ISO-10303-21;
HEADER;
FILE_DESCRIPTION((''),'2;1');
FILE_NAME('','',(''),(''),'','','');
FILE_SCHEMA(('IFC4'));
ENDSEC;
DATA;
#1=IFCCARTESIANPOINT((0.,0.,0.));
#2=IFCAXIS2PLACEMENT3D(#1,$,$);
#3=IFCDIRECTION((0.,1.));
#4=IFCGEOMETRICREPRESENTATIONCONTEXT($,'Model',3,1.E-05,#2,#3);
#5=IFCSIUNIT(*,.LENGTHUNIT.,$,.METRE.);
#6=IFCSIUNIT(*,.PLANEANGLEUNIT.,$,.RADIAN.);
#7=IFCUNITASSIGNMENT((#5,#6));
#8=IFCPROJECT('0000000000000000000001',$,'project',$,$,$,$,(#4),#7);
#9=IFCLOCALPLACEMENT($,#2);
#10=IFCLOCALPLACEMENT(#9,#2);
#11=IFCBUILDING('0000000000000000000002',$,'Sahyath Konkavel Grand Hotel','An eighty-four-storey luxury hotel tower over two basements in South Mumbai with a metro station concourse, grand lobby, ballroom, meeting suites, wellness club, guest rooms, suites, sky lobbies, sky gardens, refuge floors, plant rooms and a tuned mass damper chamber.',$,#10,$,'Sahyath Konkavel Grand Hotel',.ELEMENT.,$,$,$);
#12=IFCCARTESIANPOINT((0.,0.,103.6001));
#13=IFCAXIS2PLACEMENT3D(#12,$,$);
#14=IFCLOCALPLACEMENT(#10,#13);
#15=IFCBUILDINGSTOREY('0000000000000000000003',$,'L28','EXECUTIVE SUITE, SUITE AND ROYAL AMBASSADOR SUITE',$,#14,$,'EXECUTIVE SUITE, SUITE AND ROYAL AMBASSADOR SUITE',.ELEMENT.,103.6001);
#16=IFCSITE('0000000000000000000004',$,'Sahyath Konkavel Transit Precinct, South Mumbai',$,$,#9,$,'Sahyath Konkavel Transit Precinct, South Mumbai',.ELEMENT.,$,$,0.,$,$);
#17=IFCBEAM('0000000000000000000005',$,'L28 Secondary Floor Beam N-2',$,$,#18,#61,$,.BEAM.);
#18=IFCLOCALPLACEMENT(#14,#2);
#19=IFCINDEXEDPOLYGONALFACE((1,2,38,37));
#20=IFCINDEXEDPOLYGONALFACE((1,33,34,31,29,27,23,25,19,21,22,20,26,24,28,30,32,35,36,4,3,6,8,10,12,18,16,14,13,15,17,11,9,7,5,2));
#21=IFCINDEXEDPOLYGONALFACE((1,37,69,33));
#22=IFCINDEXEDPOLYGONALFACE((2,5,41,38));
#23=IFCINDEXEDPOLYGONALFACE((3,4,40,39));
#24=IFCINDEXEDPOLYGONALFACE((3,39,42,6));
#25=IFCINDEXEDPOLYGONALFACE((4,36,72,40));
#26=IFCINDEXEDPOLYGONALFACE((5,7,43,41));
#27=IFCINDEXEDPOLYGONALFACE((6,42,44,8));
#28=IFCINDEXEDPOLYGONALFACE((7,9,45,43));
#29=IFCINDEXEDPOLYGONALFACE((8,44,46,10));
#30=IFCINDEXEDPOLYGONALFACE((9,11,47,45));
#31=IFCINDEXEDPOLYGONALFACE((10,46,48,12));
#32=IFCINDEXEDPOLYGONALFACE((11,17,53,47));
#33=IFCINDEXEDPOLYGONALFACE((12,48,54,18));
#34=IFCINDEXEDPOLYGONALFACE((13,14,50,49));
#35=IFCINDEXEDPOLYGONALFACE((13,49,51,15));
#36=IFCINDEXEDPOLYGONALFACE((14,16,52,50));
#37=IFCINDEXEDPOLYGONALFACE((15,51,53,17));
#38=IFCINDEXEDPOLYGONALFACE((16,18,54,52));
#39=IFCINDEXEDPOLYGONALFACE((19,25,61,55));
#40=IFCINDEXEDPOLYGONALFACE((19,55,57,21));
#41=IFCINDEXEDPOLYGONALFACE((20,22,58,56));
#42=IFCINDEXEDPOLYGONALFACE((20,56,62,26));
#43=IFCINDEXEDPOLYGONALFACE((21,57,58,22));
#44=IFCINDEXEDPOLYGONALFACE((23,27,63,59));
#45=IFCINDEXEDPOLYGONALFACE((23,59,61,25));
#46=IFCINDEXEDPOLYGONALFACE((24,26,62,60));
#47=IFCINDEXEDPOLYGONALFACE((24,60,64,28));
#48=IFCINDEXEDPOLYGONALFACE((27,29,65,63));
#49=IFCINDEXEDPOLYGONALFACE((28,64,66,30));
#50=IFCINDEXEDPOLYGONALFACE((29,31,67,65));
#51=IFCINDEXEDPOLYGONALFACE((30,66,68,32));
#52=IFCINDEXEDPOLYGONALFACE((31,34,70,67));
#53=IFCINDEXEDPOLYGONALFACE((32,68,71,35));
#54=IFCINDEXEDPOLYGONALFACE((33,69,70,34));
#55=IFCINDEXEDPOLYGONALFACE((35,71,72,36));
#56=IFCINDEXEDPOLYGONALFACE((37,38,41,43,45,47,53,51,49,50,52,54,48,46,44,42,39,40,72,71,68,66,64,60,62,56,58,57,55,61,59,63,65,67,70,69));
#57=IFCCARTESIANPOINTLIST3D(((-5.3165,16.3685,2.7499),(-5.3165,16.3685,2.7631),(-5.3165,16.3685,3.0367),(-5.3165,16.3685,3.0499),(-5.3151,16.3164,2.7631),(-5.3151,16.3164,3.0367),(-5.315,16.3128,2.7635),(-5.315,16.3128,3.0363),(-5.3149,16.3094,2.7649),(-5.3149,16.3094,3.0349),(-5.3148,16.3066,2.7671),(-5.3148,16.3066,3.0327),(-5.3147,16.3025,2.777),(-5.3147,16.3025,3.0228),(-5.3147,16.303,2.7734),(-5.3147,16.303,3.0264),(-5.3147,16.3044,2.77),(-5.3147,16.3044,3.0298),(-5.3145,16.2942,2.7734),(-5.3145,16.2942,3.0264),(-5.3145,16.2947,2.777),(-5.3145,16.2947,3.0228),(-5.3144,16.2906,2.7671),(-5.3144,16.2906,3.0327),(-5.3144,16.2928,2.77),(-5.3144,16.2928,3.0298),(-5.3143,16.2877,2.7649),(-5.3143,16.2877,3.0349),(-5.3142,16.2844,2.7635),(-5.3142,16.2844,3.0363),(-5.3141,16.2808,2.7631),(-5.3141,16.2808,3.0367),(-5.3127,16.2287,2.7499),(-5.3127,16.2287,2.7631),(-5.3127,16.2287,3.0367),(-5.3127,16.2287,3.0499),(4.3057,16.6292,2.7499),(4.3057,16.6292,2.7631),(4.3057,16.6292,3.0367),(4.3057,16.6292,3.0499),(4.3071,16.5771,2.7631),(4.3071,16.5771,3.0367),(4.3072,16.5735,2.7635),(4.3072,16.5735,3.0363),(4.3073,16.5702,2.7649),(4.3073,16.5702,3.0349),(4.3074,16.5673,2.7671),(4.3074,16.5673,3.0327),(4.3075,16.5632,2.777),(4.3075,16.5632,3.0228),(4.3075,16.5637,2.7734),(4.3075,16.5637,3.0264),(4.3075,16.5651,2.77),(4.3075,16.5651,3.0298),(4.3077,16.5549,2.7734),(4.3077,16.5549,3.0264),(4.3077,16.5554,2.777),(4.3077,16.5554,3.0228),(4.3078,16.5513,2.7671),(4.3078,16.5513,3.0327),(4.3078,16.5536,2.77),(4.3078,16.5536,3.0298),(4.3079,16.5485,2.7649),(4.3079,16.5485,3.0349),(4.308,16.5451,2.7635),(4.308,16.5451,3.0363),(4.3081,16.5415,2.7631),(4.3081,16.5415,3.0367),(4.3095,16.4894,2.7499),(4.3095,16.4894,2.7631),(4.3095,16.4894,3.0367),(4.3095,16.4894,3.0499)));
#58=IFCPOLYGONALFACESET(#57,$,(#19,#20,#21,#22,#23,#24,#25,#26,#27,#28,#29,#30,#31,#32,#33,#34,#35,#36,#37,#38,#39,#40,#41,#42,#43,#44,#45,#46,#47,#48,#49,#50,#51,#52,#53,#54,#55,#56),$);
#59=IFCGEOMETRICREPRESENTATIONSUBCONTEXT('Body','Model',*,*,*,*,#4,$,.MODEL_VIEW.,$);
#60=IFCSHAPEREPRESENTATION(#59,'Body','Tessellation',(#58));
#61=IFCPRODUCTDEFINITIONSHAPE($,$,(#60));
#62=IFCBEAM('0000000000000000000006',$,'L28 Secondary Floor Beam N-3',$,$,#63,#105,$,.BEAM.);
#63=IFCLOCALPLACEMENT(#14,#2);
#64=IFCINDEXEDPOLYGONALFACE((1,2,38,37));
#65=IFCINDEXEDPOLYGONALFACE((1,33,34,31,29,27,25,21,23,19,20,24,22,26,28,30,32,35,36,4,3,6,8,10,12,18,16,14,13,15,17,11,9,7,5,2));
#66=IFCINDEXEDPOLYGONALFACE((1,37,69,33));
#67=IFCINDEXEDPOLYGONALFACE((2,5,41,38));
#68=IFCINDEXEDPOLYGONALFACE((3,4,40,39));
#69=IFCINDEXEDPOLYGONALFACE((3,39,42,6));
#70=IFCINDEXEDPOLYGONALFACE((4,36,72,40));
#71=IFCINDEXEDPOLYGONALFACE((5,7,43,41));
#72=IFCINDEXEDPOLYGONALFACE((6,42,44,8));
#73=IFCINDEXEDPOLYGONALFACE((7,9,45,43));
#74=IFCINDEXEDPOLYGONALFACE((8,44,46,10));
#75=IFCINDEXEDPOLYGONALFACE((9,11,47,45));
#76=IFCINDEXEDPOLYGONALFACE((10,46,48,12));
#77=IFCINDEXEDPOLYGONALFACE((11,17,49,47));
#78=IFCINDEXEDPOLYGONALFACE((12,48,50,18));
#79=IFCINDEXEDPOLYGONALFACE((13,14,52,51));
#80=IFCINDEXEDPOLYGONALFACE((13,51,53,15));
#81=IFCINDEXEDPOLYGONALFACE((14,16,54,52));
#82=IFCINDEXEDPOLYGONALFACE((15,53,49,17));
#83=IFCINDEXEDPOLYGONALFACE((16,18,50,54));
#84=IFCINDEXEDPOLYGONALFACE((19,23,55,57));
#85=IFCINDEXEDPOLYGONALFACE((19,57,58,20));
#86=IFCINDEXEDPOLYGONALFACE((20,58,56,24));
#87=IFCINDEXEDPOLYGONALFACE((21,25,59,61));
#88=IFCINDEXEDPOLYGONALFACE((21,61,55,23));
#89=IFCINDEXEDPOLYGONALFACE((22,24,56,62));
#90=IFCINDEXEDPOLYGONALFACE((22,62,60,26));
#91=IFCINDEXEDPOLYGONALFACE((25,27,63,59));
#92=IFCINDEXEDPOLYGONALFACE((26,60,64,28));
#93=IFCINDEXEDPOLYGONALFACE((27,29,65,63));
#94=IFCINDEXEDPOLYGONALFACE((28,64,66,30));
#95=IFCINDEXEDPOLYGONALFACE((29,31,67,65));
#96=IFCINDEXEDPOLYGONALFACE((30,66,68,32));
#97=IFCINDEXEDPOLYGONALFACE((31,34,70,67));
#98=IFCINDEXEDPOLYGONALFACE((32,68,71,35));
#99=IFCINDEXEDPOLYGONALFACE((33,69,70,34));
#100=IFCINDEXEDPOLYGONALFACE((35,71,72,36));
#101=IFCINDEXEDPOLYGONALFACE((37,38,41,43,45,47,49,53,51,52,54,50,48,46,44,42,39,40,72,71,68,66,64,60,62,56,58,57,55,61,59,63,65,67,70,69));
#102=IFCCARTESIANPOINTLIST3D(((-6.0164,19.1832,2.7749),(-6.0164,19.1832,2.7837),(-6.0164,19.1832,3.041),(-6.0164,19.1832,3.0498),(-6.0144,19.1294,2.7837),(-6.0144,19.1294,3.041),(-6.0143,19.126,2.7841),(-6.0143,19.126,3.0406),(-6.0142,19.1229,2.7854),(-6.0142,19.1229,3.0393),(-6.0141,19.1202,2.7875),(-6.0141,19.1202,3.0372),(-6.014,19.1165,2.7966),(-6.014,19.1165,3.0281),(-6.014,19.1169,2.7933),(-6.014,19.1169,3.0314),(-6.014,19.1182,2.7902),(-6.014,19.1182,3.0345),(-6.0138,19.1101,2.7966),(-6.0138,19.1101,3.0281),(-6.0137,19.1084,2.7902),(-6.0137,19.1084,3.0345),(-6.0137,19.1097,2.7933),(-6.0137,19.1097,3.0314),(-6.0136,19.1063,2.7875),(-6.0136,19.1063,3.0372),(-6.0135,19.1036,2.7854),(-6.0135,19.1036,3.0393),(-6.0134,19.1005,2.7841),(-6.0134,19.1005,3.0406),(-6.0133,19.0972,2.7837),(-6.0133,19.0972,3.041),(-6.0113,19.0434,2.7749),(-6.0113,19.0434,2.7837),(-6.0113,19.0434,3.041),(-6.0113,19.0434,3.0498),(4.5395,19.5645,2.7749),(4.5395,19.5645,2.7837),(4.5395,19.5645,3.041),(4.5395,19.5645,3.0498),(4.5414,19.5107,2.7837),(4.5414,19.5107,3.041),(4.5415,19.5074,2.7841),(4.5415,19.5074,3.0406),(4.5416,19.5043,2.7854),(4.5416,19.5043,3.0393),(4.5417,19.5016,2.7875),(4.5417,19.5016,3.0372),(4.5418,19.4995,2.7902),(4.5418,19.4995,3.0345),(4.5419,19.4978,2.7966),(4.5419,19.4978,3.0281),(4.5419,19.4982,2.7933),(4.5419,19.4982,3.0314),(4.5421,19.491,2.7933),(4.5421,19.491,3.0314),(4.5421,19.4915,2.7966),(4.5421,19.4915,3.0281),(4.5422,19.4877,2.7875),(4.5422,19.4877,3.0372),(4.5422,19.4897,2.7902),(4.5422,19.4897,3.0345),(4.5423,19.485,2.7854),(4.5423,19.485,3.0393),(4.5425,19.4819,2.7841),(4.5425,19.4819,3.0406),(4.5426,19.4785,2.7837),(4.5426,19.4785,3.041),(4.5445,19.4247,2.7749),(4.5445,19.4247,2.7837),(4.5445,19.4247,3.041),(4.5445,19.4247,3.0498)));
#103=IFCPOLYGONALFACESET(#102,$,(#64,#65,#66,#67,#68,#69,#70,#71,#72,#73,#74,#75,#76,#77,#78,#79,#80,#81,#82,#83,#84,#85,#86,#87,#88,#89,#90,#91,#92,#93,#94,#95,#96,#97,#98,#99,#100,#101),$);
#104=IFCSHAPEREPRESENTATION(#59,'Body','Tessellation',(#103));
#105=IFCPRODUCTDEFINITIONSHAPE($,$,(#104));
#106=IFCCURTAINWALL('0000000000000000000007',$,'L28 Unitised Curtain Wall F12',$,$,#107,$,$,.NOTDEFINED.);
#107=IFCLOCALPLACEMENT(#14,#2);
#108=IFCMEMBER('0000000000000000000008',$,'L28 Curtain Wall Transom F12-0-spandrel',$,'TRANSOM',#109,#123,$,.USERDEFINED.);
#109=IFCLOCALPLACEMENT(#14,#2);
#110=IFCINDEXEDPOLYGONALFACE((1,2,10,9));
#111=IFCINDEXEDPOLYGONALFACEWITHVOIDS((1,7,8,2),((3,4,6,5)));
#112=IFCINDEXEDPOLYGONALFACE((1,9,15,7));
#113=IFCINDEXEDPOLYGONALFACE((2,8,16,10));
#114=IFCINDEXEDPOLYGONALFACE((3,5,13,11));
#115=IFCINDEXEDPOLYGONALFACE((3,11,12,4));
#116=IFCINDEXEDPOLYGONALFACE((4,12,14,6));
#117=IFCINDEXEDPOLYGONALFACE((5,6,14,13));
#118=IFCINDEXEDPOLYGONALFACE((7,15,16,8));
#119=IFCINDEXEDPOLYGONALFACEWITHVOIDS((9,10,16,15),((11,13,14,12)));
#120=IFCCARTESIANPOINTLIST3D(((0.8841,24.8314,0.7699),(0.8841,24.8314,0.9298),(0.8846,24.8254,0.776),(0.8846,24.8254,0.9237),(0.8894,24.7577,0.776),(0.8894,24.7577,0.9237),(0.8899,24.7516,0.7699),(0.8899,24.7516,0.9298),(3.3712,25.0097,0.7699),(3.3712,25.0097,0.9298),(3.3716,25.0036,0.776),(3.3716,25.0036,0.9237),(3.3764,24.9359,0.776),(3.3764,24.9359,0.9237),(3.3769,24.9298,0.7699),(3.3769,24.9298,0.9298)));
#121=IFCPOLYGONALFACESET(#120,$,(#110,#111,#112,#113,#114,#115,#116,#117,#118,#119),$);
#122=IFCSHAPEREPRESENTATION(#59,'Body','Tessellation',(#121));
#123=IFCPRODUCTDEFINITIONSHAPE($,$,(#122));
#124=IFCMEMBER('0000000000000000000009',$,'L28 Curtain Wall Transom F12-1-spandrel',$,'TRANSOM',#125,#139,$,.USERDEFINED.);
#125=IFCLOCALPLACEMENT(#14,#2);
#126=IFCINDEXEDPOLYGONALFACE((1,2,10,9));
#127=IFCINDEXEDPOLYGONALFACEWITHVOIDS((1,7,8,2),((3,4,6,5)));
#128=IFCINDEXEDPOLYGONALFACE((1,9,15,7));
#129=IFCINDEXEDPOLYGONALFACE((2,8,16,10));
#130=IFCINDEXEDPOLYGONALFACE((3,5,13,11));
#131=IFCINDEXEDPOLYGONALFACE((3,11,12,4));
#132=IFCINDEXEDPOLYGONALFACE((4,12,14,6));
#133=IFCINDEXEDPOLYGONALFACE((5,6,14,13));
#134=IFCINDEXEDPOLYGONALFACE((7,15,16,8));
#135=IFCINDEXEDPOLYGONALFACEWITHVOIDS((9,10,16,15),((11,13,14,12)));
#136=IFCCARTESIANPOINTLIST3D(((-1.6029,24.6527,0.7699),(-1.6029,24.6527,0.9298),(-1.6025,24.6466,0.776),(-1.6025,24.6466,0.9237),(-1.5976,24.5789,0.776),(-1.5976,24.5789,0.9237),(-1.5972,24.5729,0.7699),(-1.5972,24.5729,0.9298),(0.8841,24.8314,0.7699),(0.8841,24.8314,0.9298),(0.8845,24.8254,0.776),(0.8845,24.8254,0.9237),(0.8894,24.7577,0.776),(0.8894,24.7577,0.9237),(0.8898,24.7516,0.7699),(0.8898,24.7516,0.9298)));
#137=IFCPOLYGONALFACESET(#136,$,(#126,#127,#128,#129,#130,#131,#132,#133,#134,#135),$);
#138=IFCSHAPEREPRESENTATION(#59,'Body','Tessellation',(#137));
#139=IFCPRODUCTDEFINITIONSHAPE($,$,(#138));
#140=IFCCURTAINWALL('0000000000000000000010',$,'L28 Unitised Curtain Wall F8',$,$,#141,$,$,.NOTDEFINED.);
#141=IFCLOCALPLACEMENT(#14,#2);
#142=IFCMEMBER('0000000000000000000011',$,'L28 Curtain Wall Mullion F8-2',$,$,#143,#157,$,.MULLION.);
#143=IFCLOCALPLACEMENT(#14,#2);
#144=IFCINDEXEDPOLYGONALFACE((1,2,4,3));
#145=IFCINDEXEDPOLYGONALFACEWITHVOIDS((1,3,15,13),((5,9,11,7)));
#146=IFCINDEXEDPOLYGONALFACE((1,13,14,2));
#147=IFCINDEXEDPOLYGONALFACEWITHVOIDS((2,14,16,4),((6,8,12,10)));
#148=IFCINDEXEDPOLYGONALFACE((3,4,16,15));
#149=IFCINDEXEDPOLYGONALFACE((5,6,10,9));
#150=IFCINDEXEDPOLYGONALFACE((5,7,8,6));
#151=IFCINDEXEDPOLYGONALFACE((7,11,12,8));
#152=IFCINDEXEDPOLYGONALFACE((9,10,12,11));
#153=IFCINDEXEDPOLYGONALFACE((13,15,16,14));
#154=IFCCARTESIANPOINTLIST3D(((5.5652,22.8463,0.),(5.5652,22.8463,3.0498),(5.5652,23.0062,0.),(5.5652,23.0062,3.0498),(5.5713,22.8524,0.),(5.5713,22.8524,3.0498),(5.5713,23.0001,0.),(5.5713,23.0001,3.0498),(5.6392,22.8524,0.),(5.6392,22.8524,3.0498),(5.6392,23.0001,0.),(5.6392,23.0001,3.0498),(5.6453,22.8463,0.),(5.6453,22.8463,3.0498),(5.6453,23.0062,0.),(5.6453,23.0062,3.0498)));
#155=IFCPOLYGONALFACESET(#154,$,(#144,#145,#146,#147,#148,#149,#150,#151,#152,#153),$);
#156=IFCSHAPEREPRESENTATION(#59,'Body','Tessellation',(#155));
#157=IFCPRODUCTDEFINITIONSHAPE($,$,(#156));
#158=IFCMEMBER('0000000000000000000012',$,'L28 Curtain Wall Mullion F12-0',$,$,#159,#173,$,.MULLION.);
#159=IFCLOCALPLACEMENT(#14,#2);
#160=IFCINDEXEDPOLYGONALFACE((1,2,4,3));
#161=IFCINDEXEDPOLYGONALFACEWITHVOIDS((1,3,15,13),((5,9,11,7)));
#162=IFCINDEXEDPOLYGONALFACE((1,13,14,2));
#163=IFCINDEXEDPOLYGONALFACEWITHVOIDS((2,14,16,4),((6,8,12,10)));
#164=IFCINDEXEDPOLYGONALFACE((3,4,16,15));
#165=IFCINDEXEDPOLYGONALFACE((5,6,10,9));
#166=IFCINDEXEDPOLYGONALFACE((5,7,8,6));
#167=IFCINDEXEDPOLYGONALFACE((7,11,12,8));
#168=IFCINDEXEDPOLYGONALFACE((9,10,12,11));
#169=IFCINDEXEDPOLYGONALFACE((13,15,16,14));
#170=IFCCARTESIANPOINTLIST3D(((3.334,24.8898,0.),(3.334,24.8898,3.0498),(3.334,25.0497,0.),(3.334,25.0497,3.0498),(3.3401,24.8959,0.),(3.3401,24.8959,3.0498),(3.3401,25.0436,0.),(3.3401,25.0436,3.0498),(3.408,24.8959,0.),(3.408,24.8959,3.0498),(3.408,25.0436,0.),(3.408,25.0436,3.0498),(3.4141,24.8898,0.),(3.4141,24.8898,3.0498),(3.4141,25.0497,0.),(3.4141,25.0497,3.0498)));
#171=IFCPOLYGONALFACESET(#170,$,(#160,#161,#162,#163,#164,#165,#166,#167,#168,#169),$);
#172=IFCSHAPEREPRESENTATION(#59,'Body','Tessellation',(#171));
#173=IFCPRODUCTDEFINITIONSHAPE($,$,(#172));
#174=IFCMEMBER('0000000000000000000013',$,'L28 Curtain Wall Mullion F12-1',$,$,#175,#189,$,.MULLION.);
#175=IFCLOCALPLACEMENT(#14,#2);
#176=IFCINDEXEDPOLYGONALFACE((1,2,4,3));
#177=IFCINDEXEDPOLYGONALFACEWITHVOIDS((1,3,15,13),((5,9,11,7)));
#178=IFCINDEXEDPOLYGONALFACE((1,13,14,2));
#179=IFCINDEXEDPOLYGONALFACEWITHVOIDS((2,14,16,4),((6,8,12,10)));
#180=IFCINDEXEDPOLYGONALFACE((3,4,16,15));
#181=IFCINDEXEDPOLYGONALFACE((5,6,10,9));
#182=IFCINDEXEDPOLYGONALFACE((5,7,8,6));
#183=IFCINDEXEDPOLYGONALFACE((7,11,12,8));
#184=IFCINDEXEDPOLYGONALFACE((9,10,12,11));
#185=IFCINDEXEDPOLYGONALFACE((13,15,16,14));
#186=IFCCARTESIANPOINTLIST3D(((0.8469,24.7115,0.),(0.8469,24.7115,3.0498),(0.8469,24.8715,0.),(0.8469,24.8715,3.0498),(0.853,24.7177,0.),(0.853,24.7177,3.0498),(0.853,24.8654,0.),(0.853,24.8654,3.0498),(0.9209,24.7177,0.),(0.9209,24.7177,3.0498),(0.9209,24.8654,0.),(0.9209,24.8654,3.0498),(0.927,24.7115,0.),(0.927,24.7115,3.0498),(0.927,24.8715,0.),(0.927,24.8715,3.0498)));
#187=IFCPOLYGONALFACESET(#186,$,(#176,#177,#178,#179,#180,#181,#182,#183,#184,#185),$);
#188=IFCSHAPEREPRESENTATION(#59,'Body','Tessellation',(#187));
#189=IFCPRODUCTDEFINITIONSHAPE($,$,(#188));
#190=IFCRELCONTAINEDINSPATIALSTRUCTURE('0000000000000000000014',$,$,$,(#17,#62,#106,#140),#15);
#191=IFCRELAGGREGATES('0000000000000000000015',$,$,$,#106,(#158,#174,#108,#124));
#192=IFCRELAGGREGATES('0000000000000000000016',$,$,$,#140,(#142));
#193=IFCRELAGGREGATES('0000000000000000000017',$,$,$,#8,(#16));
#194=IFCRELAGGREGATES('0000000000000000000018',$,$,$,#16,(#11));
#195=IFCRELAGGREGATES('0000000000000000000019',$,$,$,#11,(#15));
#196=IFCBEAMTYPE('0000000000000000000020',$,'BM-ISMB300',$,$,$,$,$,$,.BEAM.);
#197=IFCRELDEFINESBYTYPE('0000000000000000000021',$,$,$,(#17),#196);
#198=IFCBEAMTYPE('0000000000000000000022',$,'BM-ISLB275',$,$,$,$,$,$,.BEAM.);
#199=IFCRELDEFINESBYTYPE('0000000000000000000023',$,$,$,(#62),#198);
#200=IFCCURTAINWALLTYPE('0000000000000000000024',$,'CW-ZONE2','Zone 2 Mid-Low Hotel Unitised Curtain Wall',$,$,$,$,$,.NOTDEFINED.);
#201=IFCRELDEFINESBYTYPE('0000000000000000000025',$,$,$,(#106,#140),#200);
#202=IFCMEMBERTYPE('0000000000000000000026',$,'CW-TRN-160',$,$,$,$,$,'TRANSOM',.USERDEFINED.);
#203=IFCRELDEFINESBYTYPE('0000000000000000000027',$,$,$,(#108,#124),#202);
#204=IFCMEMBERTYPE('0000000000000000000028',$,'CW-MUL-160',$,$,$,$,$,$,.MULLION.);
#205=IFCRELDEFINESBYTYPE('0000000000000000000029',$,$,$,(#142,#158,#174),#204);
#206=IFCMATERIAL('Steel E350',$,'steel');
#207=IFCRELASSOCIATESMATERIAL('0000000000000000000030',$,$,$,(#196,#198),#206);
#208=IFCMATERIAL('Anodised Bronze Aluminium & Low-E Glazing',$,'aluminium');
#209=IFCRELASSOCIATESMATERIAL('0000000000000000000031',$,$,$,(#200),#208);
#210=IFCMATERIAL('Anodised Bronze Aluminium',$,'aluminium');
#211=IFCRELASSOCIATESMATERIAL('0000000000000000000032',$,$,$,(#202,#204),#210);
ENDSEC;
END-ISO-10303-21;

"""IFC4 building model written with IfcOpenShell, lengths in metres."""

from ifc_helpers import new_model, si_unit, direction, frame, origin, origin_2d, place, context, subcontext, project, spatial, hollow_rectangle, i_section, extrude, source, transform, mapped, material, material_profile, profile_set, type_object, element, aggregate, save


model = new_model("IFC4")

# Units and contexts
model_context = context("Model", 3, precision=1e-05, world=origin(), true_north=direction((0.0, 1.0)))
body_context = subcontext(model_context, "Body", "Model", "MODEL_VIEW")
ifc_project = project(units=[si_unit("LENGTHUNIT", "METRE"), si_unit("PLANEANGLEUNIT", "RADIAN")], contexts=[model_context])

# Site, building, storey
site_placement = place(None, origin())
site = spatial("IfcSite", under=ifc_project, at=site_placement, Name="Sahyath Konkavel Transit Precinct, South Mumbai", LongName="Sahyath Konkavel Transit Precinct, South Mumbai", CompositionType="ELEMENT", RefElevation=0.0)
building_placement = place(site_placement, origin())
building = spatial("IfcBuilding", under=site, at=building_placement, Name="Sahyath Konkavel Grand Hotel", Description="An eighty-four-storey luxury hotel tower over two basements in South Mumbai with a metro station concourse, grand lobby, ballroom, meeting suites, wellness club, guest rooms, suites, sky lobbies, sky gardens, refuge floors, plant rooms and a tuned mass damper chamber.", LongName="Sahyath Konkavel Grand Hotel", CompositionType="ELEMENT")
storey_placement = place(building_placement, frame((0.0, 0.0, 103.6001)))
storey = spatial("IfcBuildingStorey", under=building, at=storey_placement, Name="L28", Description="EXECUTIVE SUITE, SUITE AND ROYAL AMBASSADOR SUITE", LongName="EXECUTIVE SUITE, SUITE AND ROYAL AMBASSADOR SUITE", CompositionType="ELEMENT", Elevation=103.6001)

# Beams
ifc_material_1 = material(Name="Steel E350", Category="steel")
ifc_material_profile_1 = material_profile(ifc_material_1, i_section(OverallWidth=0.1399, OverallDepth=0.3, WebThickness=0.0078, FlangeThickness=0.0132, FilletRadius=0.0139, at=origin_2d()), Name="ISMB 300")
ifc_profile_set_1 = profile_set([ifc_material_profile_1], Name="Steel E350")
beam_type_1 = type_object("IfcBeamType", Name="BM-ISMB300", PredefinedType="BEAM", material=ifc_profile_set_1)
shared_shape_1 = source(origin(), body_context, "Body", "SweptSolid", [
    extrude(i_section(OverallWidth=0.1399, OverallDepth=0.3, WebThickness=0.0078, FlangeThickness=0.0132, FilletRadius=0.0139, at=origin_2d()), origin(), (0.0, 0.0, 1.0), 9.6257),
])
beam_1_placement = place(storey_placement, frame((4.3076, 16.5593, 2.8999), z_axis=(-0.999633, -0.027088, 0.0), x_axis=(0.027088, -0.999633, 0.0)))
element("IfcBeam", 1, at=beam_1_placement, inside=storey, type_object=beam_type_1, Name="L28 Secondary Floor Beam N-2", PredefinedType="BEAM", context=body_context, shape_type="MappedRepresentation", body=[
    mapped(shared_shape_1, transform((0.0, 0.0, 0.0), scale=1.0)),
])
ifc_material_profile_2 = material_profile(ifc_material_1, i_section(OverallWidth=0.1399, OverallDepth=0.2749, WebThickness=0.0063, FlangeThickness=0.0088, FilletRadius=0.0129, at=origin_2d()), Name="ISLB 275")
ifc_profile_set_2 = profile_set([ifc_material_profile_2], Name="Steel E350")
beam_type_2 = type_object("IfcBeamType", Name="BM-ISLB275", PredefinedType="BEAM", material=ifc_profile_set_2)
shared_shape_2 = source(origin(), body_context, "Body", "SweptSolid", [
    extrude(i_section(OverallWidth=0.1399, OverallDepth=0.2749, WebThickness=0.0063, FlangeThickness=0.0088, FilletRadius=0.0129, at=origin_2d()), origin(), (0.0, 0.0, 1.0), 10.5627),
])
beam_2_placement = place(storey_placement, frame((4.542, 19.4946, 2.9124), z_axis=(-0.999348, -0.036103, 0.0), x_axis=(0.036103, -0.999348, 0.0)))
element("IfcBeam", 2, at=beam_2_placement, inside=storey, type_object=beam_type_2, Name="L28 Secondary Floor Beam N-3", PredefinedType="BEAM", context=body_context, shape_type="MappedRepresentation", body=[
    mapped(shared_shape_2, transform((0.0, 0.0, 0.0), scale=1.0)),
])

# Curtain wall, members
ifc_material_2 = material(Name="Anodised Bronze Aluminium & Low-E Glazing", Category="aluminium")
curtain_wall_type = type_object("IfcCurtainWallType", Name="CW-ZONE2", Description="Zone 2 Mid-Low Hotel Unitised Curtain Wall", PredefinedType="NOTDEFINED", material=ifc_material_2)
curtain_wall_1_placement = place(storey_placement, origin())
curtain_wall_1 = element("IfcCurtainWall", 3, at=curtain_wall_1_placement, inside=storey, type_object=curtain_wall_type, Name="L28 Unitised Curtain Wall F12", PredefinedType="NOTDEFINED")
ifc_material_3 = material(Name="Anodised Bronze Aluminium", Category="aluminium")
ifc_material_profile_3 = material_profile(ifc_material_3, hollow_rectangle(XDim=0.0801, YDim=0.1599, WallThickness=0.0061, at=origin_2d()), Name="RHS 160x80x6")
ifc_profile_set_3 = profile_set([ifc_material_profile_3], Name="Anodised Bronze Aluminium")
member_type_1 = type_object("IfcMemberType", Name="CW-TRN-160", ElementType="TRANSOM", PredefinedType="USERDEFINED", material=ifc_profile_set_3)
shared_shape_3 = source(origin(), body_context, "Body", "SweptSolid", [
    extrude(hollow_rectangle(XDim=0.0801, YDim=0.1599, WallThickness=0.0061, at=origin_2d()), origin(), (0.0, 0.0, 1.0), 2.4934),
])
member_1_placement = place(storey_placement, frame((3.374, 24.9697, 0.8499), z_axis=(-0.997442, -0.071477, 0.0), x_axis=(0.071477, -0.997442, 0.0)))
member_1 = element("IfcMember", 4, at=member_1_placement, type_object=member_type_1, Name="L28 Curtain Wall Transom F12-0-spandrel", ObjectType="TRANSOM", PredefinedType="USERDEFINED", context=body_context, shape_type="MappedRepresentation", body=[
    mapped(shared_shape_3, transform((0.0, 0.0, 0.0), scale=1.0)),
])
member_2_placement = place(storey_placement, frame((0.887, 24.7915, 0.8499), z_axis=(-0.997428, -0.071671, 0.0), x_axis=(0.071671, -0.997428, 0.0)))
member_2 = element("IfcMember", 5, at=member_2_placement, type_object=member_type_1, Name="L28 Curtain Wall Transom F12-1-spandrel", ObjectType="TRANSOM", PredefinedType="USERDEFINED", context=body_context, shape_type="MappedRepresentation", body=[
    mapped(shared_shape_3, transform((0.0, 0.0, 0.0), scale=1.0)),
])

# Curtain wall, member
curtain_wall_2_placement = place(storey_placement, origin())
curtain_wall_2 = element("IfcCurtainWall", 6, at=curtain_wall_2_placement, inside=storey, type_object=curtain_wall_type, Name="L28 Unitised Curtain Wall F8", PredefinedType="NOTDEFINED")
ifc_material_profile_4 = material_profile(ifc_material_3, hollow_rectangle(XDim=0.0801, YDim=0.1599, WallThickness=0.0061, at=origin_2d()), Name="RHS 160x80x6")
ifc_profile_set_4 = profile_set([ifc_material_profile_4], Name="Anodised Bronze Aluminium")
member_type_2 = type_object("IfcMemberType", Name="CW-MUL-160", PredefinedType="MULLION", material=ifc_profile_set_4)
shared_shape_4 = source(origin(), body_context, "Body", "SweptSolid", [
    extrude(hollow_rectangle(XDim=0.0801, YDim=0.1599, WallThickness=0.0061, at=origin_2d()), origin(), (0.0, 0.0, 1.0), 3.0498),
])
member_3_placement = place(storey_placement, frame((5.6052, 22.9263, 0.0), z_axis=(0.0, 0.0, 1.0), x_axis=(1.0, 0.0, 0.0)))
member_3 = element("IfcMember", 7, at=member_3_placement, type_object=member_type_2, Name="L28 Curtain Wall Mullion F8-2", PredefinedType="MULLION", context=body_context, shape_type="MappedRepresentation", body=[
    mapped(shared_shape_4, transform((0.0, 0.0, 0.0), scale=1.0)),
])

# Members
member_4_placement = place(storey_placement, frame((3.374, 24.9697, 0.0), z_axis=(0.0, 0.0, 1.0), x_axis=(1.0, 0.0, 0.0)))
member_4 = element("IfcMember", 8, at=member_4_placement, type_object=member_type_2, Name="L28 Curtain Wall Mullion F12-0", PredefinedType="MULLION", context=body_context, shape_type="MappedRepresentation", body=[
    mapped(shared_shape_4, transform((0.0, 0.0, 0.0), scale=1.0)),
])
member_5_placement = place(storey_placement, frame((0.887, 24.7915, 0.0), z_axis=(0.0, 0.0, 1.0), x_axis=(1.0, 0.0, 0.0)))
member_5 = element("IfcMember", 9, at=member_5_placement, type_object=member_type_2, Name="L28 Curtain Wall Mullion F12-1", PredefinedType="MULLION", context=body_context, shape_type="MappedRepresentation", body=[
    mapped(shared_shape_4, transform((0.0, 0.0, 0.0), scale=1.0)),
])

aggregate(curtain_wall_1, [member_4, member_5, member_1, member_2])
aggregate(curtain_wall_2, [member_3])

save(model, "model.ifc")
